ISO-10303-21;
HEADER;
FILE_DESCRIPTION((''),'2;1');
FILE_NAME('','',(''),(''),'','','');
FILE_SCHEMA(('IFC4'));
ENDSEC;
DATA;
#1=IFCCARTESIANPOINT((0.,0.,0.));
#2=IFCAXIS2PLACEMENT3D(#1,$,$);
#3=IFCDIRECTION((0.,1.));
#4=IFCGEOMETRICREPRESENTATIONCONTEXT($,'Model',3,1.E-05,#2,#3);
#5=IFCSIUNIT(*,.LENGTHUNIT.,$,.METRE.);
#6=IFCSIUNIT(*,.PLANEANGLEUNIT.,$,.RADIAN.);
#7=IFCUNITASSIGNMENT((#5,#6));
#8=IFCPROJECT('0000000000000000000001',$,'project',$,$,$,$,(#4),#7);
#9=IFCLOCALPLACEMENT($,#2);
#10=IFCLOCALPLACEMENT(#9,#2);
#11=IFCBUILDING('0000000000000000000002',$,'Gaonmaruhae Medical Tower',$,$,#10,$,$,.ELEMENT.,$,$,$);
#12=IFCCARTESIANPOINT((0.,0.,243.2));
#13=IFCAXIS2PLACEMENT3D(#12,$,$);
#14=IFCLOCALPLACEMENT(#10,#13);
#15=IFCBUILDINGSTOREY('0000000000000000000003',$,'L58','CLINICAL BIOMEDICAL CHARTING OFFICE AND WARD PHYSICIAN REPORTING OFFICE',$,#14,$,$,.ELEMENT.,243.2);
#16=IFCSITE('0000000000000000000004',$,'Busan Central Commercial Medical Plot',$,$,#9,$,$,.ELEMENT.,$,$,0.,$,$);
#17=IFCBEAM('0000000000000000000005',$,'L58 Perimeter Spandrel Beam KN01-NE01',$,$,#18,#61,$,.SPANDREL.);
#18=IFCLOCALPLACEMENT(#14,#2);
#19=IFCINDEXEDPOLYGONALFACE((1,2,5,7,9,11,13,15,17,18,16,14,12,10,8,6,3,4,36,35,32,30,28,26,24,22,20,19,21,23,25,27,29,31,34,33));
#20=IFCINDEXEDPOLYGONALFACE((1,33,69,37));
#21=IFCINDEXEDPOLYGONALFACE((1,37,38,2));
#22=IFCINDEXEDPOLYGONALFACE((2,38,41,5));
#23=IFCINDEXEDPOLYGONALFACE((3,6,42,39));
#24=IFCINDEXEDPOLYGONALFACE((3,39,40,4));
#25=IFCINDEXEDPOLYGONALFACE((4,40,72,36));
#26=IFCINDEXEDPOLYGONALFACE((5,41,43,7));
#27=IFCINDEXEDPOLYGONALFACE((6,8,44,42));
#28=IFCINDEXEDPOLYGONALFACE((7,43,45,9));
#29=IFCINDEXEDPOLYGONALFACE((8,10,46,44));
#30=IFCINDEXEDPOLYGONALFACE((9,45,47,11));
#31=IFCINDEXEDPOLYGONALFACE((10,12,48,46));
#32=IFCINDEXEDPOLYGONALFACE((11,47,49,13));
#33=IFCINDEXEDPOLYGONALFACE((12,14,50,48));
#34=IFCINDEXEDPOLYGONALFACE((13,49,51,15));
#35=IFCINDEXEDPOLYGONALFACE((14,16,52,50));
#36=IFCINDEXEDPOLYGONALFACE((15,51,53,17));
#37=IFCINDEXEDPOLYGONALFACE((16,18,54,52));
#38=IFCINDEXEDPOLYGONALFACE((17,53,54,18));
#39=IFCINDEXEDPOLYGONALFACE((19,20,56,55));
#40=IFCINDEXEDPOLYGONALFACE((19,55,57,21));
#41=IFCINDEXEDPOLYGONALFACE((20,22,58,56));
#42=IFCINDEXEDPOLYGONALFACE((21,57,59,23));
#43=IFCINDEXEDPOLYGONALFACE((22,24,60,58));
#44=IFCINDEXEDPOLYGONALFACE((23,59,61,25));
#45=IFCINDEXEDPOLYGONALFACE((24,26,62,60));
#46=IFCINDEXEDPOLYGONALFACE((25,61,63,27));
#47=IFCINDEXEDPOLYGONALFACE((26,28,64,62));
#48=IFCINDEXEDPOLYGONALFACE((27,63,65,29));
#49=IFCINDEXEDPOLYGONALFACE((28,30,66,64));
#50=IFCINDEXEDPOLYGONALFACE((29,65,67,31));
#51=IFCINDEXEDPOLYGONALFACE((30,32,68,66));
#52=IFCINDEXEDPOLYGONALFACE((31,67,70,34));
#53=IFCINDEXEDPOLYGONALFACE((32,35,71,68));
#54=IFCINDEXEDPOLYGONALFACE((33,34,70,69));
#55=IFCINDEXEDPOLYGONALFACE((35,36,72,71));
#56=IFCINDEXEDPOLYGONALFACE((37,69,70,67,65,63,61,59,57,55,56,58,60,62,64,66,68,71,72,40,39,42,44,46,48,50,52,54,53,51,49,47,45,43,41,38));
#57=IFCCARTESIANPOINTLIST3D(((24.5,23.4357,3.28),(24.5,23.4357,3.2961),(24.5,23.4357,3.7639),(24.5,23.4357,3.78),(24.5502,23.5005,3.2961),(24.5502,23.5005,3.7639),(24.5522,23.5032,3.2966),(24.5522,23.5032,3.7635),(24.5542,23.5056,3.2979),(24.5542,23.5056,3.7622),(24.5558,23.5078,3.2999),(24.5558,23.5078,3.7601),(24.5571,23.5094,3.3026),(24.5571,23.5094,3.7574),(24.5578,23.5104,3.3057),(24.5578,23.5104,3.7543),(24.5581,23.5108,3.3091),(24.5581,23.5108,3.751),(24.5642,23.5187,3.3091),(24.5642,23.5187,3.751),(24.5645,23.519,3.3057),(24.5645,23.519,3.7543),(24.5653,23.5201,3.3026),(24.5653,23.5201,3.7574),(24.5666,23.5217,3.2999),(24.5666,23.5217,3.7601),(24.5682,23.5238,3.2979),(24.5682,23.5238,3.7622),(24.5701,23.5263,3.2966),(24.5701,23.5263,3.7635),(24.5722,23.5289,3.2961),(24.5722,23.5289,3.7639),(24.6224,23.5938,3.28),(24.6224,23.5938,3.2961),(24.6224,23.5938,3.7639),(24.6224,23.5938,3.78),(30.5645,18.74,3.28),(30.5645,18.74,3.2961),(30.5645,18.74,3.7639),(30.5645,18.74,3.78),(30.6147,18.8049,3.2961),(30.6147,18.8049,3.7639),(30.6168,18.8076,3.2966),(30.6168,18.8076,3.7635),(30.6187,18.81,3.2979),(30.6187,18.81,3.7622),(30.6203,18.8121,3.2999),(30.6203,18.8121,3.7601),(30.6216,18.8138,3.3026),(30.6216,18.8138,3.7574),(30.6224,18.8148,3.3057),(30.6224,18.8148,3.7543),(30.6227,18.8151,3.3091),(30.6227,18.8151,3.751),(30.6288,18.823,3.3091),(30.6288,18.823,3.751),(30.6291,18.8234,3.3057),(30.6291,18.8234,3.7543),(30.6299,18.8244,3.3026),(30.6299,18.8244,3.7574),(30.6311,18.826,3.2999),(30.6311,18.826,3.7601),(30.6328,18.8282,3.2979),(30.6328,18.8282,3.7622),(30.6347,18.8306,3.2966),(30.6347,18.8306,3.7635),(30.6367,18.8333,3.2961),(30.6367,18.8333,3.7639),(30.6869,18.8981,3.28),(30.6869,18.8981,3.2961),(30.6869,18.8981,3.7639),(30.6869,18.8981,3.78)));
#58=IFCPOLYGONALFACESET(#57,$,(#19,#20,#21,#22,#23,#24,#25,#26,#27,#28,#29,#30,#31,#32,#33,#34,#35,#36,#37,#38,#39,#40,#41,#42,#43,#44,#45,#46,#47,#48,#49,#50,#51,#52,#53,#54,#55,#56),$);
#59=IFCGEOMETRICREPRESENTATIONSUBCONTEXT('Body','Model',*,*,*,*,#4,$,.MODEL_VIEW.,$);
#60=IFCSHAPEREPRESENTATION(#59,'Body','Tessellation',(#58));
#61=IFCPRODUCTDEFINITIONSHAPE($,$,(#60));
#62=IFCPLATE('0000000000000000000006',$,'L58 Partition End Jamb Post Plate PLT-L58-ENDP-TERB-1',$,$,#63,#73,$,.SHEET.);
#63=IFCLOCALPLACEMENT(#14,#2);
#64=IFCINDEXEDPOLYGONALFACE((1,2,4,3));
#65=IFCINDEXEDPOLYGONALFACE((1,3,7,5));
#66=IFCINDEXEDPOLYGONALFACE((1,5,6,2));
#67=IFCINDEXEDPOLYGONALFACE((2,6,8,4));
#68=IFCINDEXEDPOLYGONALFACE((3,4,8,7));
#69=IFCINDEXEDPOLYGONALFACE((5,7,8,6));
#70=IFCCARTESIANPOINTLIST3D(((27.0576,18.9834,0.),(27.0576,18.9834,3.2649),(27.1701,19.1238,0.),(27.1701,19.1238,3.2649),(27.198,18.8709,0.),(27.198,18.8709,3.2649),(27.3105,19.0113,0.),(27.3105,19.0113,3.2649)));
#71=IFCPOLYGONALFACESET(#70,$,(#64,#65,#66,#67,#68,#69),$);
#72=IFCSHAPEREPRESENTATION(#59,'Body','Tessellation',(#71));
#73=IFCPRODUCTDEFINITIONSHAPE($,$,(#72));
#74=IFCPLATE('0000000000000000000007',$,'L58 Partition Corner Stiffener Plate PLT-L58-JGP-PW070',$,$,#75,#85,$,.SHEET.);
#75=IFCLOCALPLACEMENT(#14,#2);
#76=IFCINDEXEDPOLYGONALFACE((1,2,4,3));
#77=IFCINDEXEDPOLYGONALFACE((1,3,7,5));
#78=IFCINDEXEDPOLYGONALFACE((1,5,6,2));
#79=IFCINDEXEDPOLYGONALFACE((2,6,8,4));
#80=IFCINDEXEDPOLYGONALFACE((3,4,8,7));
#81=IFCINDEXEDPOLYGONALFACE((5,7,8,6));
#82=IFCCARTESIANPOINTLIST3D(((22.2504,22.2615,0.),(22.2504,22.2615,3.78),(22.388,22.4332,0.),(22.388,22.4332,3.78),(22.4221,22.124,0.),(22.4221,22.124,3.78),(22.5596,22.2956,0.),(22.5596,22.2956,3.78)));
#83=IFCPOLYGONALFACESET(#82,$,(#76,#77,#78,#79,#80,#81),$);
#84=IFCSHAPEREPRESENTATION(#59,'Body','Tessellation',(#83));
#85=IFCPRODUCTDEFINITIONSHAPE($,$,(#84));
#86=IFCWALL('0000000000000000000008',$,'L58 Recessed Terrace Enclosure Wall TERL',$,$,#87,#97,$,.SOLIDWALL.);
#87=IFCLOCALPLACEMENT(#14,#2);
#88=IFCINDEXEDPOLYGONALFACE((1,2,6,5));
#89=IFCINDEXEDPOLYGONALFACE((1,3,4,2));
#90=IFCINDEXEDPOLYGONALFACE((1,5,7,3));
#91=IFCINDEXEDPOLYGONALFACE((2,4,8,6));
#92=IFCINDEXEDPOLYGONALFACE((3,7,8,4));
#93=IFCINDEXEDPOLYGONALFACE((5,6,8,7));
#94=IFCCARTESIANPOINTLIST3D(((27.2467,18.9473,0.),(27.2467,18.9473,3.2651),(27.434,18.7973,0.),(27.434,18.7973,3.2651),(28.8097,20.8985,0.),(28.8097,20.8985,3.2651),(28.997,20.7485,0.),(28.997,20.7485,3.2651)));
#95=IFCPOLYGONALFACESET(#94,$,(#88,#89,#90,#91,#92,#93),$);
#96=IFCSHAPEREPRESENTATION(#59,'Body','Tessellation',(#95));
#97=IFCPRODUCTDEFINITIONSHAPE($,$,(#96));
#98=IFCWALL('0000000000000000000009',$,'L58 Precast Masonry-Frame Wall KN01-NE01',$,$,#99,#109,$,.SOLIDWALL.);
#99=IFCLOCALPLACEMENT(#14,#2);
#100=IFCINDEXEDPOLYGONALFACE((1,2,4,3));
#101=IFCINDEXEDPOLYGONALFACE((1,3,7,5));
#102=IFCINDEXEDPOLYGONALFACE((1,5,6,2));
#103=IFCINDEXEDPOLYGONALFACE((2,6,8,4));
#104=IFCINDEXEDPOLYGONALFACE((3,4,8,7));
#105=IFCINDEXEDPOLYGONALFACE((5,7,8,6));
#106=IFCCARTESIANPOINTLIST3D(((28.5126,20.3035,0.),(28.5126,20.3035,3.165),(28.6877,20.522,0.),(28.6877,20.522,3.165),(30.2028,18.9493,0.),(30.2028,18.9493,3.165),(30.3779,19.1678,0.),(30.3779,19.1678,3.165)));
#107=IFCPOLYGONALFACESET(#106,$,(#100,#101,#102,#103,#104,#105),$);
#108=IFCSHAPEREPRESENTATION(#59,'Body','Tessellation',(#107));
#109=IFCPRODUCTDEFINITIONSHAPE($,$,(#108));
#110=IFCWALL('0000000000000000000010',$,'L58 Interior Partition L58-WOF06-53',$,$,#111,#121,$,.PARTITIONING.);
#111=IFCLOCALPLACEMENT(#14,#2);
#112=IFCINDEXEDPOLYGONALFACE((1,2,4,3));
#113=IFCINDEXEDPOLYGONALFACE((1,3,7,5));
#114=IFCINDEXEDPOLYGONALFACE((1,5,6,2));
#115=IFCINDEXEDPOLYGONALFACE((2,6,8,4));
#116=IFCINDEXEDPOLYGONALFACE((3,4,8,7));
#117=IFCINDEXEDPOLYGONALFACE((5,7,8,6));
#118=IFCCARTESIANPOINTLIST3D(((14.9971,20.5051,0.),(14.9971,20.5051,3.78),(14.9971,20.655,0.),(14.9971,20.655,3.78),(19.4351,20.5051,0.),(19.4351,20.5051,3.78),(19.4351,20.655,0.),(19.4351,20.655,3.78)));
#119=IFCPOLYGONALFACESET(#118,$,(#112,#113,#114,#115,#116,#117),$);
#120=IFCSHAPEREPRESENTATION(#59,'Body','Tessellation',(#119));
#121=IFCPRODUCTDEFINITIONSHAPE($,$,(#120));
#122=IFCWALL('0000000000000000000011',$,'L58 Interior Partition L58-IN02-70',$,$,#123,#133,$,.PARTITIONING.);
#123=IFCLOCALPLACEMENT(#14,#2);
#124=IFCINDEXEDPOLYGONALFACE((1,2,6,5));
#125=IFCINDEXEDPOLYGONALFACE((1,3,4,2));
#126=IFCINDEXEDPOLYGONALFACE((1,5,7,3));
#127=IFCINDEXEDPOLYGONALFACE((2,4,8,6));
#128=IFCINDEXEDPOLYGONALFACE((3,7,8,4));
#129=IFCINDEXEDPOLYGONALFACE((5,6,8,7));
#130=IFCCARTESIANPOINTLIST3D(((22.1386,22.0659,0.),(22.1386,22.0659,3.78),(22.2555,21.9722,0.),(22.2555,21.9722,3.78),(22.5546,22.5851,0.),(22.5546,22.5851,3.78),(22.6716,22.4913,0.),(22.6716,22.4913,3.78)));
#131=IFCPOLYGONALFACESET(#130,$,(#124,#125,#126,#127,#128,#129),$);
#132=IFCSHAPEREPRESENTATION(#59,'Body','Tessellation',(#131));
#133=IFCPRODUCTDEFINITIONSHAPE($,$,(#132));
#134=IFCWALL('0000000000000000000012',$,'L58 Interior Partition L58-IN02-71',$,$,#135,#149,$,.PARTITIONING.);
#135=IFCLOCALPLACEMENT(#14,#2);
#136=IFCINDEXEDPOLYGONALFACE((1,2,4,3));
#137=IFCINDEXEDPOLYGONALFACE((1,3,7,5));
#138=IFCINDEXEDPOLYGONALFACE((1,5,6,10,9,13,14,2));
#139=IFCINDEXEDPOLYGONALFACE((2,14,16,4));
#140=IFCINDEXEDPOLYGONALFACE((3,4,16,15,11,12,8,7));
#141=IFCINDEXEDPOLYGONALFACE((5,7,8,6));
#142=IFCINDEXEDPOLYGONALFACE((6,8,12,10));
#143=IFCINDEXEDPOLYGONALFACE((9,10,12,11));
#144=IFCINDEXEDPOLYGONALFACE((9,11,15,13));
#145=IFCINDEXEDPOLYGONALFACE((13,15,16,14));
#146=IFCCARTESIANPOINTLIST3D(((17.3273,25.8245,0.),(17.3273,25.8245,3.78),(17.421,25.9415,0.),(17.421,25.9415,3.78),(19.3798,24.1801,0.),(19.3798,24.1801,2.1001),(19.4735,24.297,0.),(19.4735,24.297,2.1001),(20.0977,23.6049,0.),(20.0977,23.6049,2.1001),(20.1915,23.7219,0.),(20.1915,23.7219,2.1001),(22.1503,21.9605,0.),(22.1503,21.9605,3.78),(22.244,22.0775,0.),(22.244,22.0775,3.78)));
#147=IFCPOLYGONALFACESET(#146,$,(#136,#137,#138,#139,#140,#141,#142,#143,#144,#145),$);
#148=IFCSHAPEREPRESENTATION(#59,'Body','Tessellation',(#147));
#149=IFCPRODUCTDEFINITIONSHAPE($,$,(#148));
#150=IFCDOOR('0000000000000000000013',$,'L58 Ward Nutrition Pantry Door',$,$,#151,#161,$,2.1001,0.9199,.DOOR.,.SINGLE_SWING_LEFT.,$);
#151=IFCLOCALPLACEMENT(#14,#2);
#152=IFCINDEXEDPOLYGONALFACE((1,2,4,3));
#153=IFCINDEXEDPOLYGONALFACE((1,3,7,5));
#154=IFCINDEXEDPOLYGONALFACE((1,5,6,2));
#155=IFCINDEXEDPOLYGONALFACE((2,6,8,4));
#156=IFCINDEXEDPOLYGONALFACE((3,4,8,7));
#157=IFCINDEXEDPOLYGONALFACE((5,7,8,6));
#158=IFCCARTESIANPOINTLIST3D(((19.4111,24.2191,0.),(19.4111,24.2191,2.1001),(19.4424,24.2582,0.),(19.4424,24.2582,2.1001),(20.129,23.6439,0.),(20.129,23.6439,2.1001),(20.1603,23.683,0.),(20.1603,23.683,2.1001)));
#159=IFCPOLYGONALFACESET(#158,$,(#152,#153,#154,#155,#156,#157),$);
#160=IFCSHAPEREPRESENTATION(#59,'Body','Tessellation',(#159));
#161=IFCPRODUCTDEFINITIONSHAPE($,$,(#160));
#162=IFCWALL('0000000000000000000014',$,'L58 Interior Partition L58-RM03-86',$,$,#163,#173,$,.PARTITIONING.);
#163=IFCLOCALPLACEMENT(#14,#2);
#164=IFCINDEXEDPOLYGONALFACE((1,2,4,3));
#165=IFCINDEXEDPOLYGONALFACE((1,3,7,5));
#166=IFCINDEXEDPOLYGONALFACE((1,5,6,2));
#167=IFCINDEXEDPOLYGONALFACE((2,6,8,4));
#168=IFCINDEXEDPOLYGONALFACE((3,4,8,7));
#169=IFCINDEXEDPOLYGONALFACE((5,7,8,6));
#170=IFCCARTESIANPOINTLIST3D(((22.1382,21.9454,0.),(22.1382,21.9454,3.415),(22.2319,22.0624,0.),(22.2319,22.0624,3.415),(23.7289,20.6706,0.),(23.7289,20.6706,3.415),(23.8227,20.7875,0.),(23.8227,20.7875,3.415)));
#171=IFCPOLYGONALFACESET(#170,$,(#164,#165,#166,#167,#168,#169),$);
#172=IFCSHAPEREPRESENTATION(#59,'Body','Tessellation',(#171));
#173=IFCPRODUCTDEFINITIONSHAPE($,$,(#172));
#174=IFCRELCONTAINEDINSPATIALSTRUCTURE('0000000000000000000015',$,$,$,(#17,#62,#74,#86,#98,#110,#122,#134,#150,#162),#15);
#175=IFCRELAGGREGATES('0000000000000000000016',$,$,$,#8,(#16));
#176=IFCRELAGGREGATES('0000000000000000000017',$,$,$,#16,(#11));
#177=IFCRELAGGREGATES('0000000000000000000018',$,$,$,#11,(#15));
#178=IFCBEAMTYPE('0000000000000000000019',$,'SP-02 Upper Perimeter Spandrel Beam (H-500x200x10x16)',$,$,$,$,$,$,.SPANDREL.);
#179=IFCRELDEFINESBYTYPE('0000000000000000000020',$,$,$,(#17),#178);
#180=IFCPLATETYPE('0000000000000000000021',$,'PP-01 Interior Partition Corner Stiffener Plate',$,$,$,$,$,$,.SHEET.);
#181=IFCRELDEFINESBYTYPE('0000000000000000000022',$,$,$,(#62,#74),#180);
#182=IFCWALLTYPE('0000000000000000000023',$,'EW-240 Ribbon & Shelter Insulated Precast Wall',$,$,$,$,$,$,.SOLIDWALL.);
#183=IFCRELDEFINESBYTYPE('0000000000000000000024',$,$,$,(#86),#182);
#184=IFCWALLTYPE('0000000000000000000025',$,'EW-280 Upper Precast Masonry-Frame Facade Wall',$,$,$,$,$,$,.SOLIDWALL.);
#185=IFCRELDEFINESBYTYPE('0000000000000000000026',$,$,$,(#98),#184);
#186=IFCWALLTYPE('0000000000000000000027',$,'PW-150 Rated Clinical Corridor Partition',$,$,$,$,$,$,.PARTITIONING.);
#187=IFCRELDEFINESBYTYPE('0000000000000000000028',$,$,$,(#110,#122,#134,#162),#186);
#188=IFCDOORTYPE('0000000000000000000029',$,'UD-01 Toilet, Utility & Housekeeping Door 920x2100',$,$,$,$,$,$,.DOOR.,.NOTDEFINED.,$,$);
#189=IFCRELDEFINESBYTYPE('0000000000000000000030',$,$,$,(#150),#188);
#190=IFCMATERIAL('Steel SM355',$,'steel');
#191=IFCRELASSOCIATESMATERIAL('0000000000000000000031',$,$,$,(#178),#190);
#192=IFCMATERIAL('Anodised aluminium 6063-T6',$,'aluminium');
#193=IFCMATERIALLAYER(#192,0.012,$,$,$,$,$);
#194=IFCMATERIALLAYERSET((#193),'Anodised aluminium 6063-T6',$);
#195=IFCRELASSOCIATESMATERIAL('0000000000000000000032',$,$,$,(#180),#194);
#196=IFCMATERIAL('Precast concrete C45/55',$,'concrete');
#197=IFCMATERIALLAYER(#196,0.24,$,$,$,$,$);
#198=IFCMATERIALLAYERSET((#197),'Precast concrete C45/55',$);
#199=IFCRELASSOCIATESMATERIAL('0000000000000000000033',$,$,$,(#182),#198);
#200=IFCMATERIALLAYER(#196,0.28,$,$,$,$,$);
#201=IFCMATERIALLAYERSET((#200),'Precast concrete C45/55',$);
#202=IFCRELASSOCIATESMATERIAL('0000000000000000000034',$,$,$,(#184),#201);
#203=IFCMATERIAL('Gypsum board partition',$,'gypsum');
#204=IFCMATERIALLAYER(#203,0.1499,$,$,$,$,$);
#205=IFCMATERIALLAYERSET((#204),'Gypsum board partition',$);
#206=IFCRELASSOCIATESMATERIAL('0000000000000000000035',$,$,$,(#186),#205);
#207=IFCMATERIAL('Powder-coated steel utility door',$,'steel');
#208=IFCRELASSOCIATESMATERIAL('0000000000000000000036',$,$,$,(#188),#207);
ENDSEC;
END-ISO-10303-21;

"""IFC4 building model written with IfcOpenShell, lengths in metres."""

from ifc_helpers import new_model, si_unit, direction, frame, frame_2d, origin, origin_2d, place, context, subcontext, project, spatial, rectangle, i_section, extrude, material, layer, layer_set, material_profile, profile_set, type_object, element, fill, save


model = new_model("IFC4")

# Units and contexts
model_context = context("Model", 3, precision=1e-05, world=origin(), true_north=direction((0.0, 1.0)))
body_context = subcontext(model_context, "Body", "Model", "MODEL_VIEW")
ifc_project = project(units=[si_unit("LENGTHUNIT", "METRE"), si_unit("PLANEANGLEUNIT", "RADIAN")], contexts=[model_context])

# Site, building, storey
site_placement = place(None, origin())
site = spatial("IfcSite", under=ifc_project, at=site_placement, Name="Busan Central Commercial Medical Plot", CompositionType="ELEMENT", RefElevation=0.0)
building_placement = place(site_placement, origin())
building = spatial("IfcBuilding", under=site, at=building_placement, Name="Gaonmaruhae Medical Tower", CompositionType="ELEMENT")
storey_placement = place(building_placement, frame((0.0, 0.0, 243.2)))
storey = spatial("IfcBuildingStorey", under=building, at=storey_placement, Name="L58", Description="CLINICAL BIOMEDICAL CHARTING OFFICE AND WARD PHYSICIAN REPORTING OFFICE", CompositionType="ELEMENT", Elevation=243.2)

# Beam
ifc_material_1 = material(Name="Steel SM355", Category="steel")
ifc_material_profile_1 = material_profile(ifc_material_1, i_section(OverallWidth=0.2, OverallDepth=0.5, WebThickness=0.01, FlangeThickness=0.0161, FilletRadius=0.0129, at=origin_2d()), Name="H-500x200x10x16")
ifc_profile_set_1 = profile_set([ifc_material_profile_1], Name="Steel SM355")
beam_type_1 = type_object("IfcBeamType", Name="SP-02 Upper Perimeter Spandrel Beam (H-500x200x10x16)", PredefinedType="SPANDREL", material=ifc_profile_set_1)
beam_1_placement = place(storey_placement, frame((30.6257, 18.8191, 3.53), z_axis=(-0.790692, 0.612214, 0.0), x_axis=(-0.612214, -0.790692, 0.0)))
element("IfcBeam", 1, at=beam_1_placement, inside=storey, type_object=beam_type_1, Name="L58 Perimeter Spandrel Beam KN01-NE01", PredefinedType="SPANDREL", context=body_context, shape_type="SweptSolid", body=[
    extrude(i_section(OverallWidth=0.2, OverallDepth=0.5, WebThickness=0.01, FlangeThickness=0.0161, FilletRadius=0.0129, at=origin_2d()), origin(), (0.0, 0.0, 1.0), 7.6699),
])

# Plates
ifc_material_2 = material(Name="Anodised aluminium 6063-T6", Category="aluminium")
ifc_layer_1 = layer(ifc_material_2, 0.012)
ifc_layer_set_1 = layer_set([ifc_layer_1], Name="Anodised aluminium 6063-T6")
plate_type = type_object("IfcPlateType", Name="PP-01 Interior Partition Corner Stiffener Plate", PredefinedType="SHEET", material=ifc_layer_set_1)
plate_1_placement = place(storey_placement, frame((27.1841, 18.9973, 0.0), z_axis=(0.0, 0.0, 1.0), x_axis=(0.780441, -0.625229, 0.0)))
element("IfcPlate", 2, at=plate_1_placement, inside=storey, type_object=plate_type, Name="L58 Partition End Jamb Post Plate PLT-L58-ENDP-TERB-1", PredefinedType="SHEET", context=body_context, shape_type="SweptSolid", body=[
    extrude(rectangle(XDim=0.1799, YDim=0.1799, at=origin_2d()), origin(), (0.0, 0.0, 1.0), 3.2649),
])
plate_2_placement = place(storey_placement, frame((22.405, 22.2786, 0.0), z_axis=(0.0, 0.0, 1.0), x_axis=(-0.625433, -0.780278, 0.0)))
element("IfcPlate", 3, at=plate_2_placement, inside=storey, type_object=plate_type, Name="L58 Partition Corner Stiffener Plate PLT-L58-JGP-PW070", PredefinedType="SHEET", context=body_context, shape_type="SweptSolid", body=[
    extrude(rectangle(XDim=0.22, YDim=0.22, at=origin_2d()), origin(), (0.0, 0.0, 1.0), 3.78),
])

# Shared definitions
ifc_material_3 = material(Name="Precast concrete C45/55", Category="concrete")
ifc_layer_2 = layer(ifc_material_3, 0.24)
ifc_layer_set_2 = layer_set([ifc_layer_2], Name="Precast concrete C45/55")
wall_type_1 = type_object("IfcWallType", Name="EW-240 Ribbon & Shelter Insulated Precast Wall", PredefinedType="SOLIDWALL", material=ifc_layer_set_2)

# Walls
wall_1_placement = place(storey_placement, frame((27.3403, 18.8723, 0.0), z_axis=(0.0, 0.0, 1.0), x_axis=(0.625195, 0.780468, 0.0)))
element("IfcWall", 4, at=wall_1_placement, inside=storey, type_object=wall_type_1, Name="L58 Recessed Terrace Enclosure Wall TERL", PredefinedType="SOLIDWALL", context=body_context, shape_type="SweptSolid", body=[
    extrude(rectangle(XDim=2.5, YDim=0.24, at=frame_2d((1.25, 0.0))), origin(), (0.0, 0.0, 1.0), 3.2651),
])
ifc_layer_3 = layer(ifc_material_3, 0.28)
ifc_layer_set_3 = layer_set([ifc_layer_3], Name="Precast concrete C45/55")
wall_type_2 = type_object("IfcWallType", Name="EW-280 Upper Precast Masonry-Frame Facade Wall", PredefinedType="SOLIDWALL", material=ifc_layer_set_3)
wall_2_placement = place(storey_placement, frame((28.6001, 20.4128, 0.0), z_axis=(0.0, 0.0, 1.0), x_axis=(0.780396, -0.625286, 0.0)))
element("IfcWall", 5, at=wall_2_placement, inside=storey, type_object=wall_type_2, Name="L58 Precast Masonry-Frame Wall KN01-NE01", PredefinedType="SOLIDWALL", context=body_context, shape_type="SweptSolid", body=[
    extrude(rectangle(XDim=2.1658, YDim=0.28, at=frame_2d((1.083, 0.0))), origin(), (0.0, 0.0, 1.0), 3.165),
])
ifc_material_4 = material(Name="Gypsum board partition", Category="gypsum")
ifc_layer_4 = layer(ifc_material_4, 0.1499)
ifc_layer_set_4 = layer_set([ifc_layer_4], Name="Gypsum board partition")
wall_type_3 = type_object("IfcWallType", Name="PW-150 Rated Clinical Corridor Partition", PredefinedType="PARTITIONING", material=ifc_layer_set_4)
wall_3_placement = place(storey_placement, frame((19.4351, 20.5801, 0.0), z_axis=(0.0, 0.0, 1.0), x_axis=(-1.0, 0.0, 0.0)))
element("IfcWall", 6, at=wall_3_placement, inside=storey, type_object=wall_type_3, Name="L58 Interior Partition L58-WOF06-53", PredefinedType="PARTITIONING", context=body_context, shape_type="SweptSolid", body=[
    extrude(rectangle(XDim=4.438, YDim=0.1499, at=frame_2d((2.219, 0.0))), origin(), (0.0, 0.0, 1.0), 3.78),
])
wall_4_placement = place(storey_placement, frame((22.613, 22.5381, 0.0), z_axis=(0.0, 0.0, 1.0), x_axis=(-0.625411, -0.780296, 0.0)))
element("IfcWall", 7, at=wall_4_placement, inside=storey, type_object=wall_type_3, Name="L58 Interior Partition L58-IN02-70", PredefinedType="PARTITIONING", context=body_context, shape_type="SweptSolid", body=[
    extrude(rectangle(XDim=0.6653, YDim=0.1499, at=frame_2d((0.3325, 0.0))), origin(), (0.0, 0.0, 1.0), 3.78),
])

# Wall, opening, door
wall_5_placement = place(storey_placement, frame((22.197, 22.019, 0.0), z_axis=(0.0, 0.0, 1.0), x_axis=(-0.780425, 0.625249, 0.0)))
wall_5 = element("IfcWall", 8, at=wall_5_placement, inside=storey, type_object=wall_type_3, Name="L58 Interior Partition L58-IN02-71", PredefinedType="PARTITIONING", context=body_context, shape_type="SweptSolid", body=[
    extrude(rectangle(XDim=6.1799, YDim=0.1499, at=frame_2d((3.0898, 0.0))), origin(), (0.0, 0.0, 1.0), 3.78),
])
opening_1_placement = place(wall_5_placement, frame((2.6299, 0.0, 0.0)))
opening_1 = element("IfcOpeningElement", 9, at=opening_1_placement, cuts=wall_5, PredefinedType="OPENING", context=body_context, shape_type="SweptSolid", body=[
    extrude(rectangle(XDim=0.9199, YDim=2.1001, at=frame_2d((0.46, 1.05))), frame((0.0, 0.085, 0.0), z_axis=(0.0, -1.0, 0.0), x_axis=(1.0, 0.0, 0.0)), (0.0, 0.0, 1.0), 0.1699),
])
ifc_material_5 = material(Name="Powder-coated steel utility door", Category="steel")
door_type_1 = type_object("IfcDoorType", Name="UD-01 Toilet, Utility & Housekeeping Door 920x2100", OperationType="NOTDEFINED", PredefinedType="DOOR", material=ifc_material_5)
door_1_placement = place(opening_1_placement, origin())
door_1 = element("IfcDoor", 10, at=door_1_placement, inside=storey, type_object=door_type_1, Name="L58 Ward Nutrition Pantry Door", OperationType="SINGLE_SWING_LEFT", OverallHeight=2.1001, OverallWidth=0.9199, PredefinedType="DOOR", context=body_context, shape_type="SweptSolid", body=[
    extrude(rectangle(XDim=0.9199, YDim=2.1001, at=frame_2d((0.46, 1.05))), frame((0.0, 0.0249, 0.0), z_axis=(0.0, -1.0, 0.0), x_axis=(1.0, 0.0, 0.0)), (0.0, 0.0, 1.0), 0.05),
])
fill(opening_1, door_1)

# Wall
wall_6_placement = place(storey_placement, frame((22.1851, 22.0039, 0.0), z_axis=(0.0, 0.0, 1.0), x_axis=(0.780331, -0.625367, 0.0)))
element("IfcWall", 11, at=wall_6_placement, inside=storey, type_object=wall_type_3, Name="L58 Interior Partition L58-RM03-86", PredefinedType="PARTITIONING", context=body_context, shape_type="SweptSolid", body=[
    extrude(rectangle(XDim=2.0386, YDim=0.1499, at=frame_2d((1.0193, 0.0))), origin(), (0.0, 0.0, 1.0), 3.415),
])

save(model, "model.ifc")
